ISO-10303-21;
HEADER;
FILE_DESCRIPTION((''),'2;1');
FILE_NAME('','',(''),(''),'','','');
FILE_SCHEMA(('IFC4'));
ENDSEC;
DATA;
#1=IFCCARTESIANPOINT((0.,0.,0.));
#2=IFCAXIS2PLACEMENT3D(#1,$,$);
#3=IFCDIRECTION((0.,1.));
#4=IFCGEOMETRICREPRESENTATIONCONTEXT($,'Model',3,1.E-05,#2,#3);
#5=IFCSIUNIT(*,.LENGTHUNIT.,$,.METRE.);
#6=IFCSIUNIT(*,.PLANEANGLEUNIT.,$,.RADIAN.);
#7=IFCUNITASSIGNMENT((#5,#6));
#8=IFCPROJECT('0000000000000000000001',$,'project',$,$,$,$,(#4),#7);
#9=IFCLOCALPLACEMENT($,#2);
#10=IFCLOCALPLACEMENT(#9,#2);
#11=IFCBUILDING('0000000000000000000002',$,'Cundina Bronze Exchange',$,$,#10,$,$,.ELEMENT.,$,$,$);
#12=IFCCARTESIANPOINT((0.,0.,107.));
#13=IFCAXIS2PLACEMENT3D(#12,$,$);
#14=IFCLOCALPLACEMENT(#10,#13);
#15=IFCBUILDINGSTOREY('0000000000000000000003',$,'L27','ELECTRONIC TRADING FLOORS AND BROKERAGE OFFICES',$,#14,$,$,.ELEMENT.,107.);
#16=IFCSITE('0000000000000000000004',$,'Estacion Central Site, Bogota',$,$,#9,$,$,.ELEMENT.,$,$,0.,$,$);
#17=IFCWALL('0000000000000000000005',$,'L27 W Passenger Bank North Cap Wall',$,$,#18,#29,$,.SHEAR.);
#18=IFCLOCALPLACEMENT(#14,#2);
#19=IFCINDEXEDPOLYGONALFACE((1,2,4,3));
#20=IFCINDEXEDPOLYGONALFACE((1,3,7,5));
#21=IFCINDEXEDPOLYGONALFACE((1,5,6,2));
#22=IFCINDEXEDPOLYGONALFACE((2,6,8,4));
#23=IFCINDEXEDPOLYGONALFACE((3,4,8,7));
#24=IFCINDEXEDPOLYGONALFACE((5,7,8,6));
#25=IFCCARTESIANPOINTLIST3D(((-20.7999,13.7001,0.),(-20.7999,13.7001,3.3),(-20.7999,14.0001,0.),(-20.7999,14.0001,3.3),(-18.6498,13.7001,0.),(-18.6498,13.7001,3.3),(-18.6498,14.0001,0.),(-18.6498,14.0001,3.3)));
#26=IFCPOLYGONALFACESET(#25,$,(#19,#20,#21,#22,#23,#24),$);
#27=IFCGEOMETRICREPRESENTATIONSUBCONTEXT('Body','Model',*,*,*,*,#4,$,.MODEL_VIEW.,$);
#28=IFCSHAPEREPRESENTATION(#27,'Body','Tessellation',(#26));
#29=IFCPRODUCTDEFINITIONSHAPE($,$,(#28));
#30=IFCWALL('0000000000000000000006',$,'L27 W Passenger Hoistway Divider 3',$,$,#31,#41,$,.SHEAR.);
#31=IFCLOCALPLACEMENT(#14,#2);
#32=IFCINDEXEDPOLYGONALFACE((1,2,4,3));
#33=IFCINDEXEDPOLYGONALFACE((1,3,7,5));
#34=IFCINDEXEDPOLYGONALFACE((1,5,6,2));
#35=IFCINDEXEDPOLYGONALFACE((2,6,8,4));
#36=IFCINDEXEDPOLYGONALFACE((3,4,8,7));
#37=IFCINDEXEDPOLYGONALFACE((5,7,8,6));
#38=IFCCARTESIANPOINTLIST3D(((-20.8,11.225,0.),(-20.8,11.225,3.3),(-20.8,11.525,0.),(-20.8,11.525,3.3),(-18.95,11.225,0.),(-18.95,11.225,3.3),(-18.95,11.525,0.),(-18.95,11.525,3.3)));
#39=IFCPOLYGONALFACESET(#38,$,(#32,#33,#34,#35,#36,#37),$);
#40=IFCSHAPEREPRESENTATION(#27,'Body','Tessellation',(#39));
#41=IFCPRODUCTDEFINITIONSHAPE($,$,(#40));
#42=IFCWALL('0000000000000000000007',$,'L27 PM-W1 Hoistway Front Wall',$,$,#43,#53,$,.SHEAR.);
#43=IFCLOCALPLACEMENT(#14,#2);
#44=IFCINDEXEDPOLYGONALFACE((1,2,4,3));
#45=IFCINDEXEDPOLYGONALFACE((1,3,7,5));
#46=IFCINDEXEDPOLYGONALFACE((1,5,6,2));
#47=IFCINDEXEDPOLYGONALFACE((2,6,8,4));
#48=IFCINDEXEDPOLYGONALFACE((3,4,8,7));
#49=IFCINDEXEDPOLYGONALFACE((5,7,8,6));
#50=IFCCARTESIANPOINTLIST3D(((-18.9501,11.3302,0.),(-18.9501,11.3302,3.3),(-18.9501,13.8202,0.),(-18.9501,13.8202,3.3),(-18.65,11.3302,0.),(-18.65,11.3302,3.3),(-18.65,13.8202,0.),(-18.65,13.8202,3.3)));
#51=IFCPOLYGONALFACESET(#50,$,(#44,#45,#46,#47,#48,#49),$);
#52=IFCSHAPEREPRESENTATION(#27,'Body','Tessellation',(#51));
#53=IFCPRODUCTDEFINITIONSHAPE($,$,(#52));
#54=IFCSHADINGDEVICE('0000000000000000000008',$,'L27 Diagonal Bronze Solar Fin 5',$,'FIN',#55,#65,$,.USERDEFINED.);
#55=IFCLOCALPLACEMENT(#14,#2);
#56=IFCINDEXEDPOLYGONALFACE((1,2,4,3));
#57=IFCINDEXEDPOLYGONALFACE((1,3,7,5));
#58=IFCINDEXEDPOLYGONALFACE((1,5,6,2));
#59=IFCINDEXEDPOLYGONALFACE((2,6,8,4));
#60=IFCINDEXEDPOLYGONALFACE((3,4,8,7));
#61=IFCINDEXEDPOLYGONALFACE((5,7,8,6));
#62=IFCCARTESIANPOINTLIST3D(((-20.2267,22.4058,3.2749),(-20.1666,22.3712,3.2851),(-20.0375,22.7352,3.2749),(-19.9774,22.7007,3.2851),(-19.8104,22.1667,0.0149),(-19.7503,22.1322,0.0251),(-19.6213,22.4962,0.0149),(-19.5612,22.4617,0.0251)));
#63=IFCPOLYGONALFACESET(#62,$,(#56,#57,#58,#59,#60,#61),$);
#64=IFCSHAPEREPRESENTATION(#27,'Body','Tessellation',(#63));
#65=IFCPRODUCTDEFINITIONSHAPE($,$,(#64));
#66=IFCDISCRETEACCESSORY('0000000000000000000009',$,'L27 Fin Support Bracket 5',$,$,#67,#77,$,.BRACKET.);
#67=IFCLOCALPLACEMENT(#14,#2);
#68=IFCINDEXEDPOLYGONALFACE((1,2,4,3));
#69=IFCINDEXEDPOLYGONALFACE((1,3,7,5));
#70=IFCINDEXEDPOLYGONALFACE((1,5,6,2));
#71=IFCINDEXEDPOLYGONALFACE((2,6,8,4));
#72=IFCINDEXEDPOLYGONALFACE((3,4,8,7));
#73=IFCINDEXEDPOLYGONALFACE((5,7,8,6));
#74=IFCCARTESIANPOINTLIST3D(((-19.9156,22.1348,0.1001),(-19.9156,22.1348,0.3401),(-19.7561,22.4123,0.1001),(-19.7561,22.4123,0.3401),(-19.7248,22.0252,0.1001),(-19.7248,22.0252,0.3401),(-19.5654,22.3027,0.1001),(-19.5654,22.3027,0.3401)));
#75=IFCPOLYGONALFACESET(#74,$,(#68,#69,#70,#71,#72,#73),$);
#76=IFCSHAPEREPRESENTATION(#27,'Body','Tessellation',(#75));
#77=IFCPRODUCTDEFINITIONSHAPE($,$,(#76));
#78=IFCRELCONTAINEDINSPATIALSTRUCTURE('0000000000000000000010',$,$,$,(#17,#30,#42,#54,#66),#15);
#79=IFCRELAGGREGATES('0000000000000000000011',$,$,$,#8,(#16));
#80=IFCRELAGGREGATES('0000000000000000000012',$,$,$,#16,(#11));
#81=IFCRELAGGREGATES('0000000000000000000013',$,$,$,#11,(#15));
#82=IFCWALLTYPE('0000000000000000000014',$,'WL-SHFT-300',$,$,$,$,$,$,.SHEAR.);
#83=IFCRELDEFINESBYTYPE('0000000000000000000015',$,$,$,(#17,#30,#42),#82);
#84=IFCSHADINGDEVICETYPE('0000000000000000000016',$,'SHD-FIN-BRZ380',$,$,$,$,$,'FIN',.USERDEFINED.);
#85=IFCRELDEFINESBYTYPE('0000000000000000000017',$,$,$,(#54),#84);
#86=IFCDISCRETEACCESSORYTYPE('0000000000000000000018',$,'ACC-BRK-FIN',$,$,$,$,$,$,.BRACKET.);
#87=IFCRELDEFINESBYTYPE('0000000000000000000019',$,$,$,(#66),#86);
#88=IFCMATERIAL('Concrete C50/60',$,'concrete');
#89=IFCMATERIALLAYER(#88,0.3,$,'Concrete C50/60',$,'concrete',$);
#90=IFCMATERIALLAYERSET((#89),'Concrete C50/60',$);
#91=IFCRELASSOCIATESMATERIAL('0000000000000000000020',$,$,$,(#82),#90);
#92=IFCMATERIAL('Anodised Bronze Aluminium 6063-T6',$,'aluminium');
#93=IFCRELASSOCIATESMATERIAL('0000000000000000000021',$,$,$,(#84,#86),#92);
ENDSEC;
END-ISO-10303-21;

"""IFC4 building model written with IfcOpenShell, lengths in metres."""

from ifc_helpers import new_model, si_unit, direction, frame, frame_2d, origin, origin_2d, place, context, subcontext, project, spatial, rectangle, extrude, material, layer, layer_set, material_profile, profile_set, type_object, element, save


model = new_model("IFC4")

# Units and contexts
model_context = context("Model", 3, precision=1e-05, world=origin(), true_north=direction((0.0, 1.0)))
body_context = subcontext(model_context, "Body", "Model", "MODEL_VIEW")
ifc_project = project(units=[si_unit("LENGTHUNIT", "METRE"), si_unit("PLANEANGLEUNIT", "RADIAN")], contexts=[model_context])

# Site, building, storey
site_placement = place(None, origin())
site = spatial("IfcSite", under=ifc_project, at=site_placement, Name="Estacion Central Site, Bogota", CompositionType="ELEMENT", RefElevation=0.0)
building_placement = place(site_placement, origin())
building = spatial("IfcBuilding", under=site, at=building_placement, Name="Cundina Bronze Exchange", CompositionType="ELEMENT")
storey_placement = place(building_placement, frame((0.0, 0.0, 107.0)))
storey = spatial("IfcBuildingStorey", under=building, at=storey_placement, Name="L27", Description="ELECTRONIC TRADING FLOORS AND BROKERAGE OFFICES", CompositionType="ELEMENT", Elevation=107.0)

# Shared definitions
ifc_material_1 = material(Name="Anodised Bronze Aluminium 6063-T6", Category="aluminium")

# Shared definitions
ifc_material_2 = material(Name="Concrete C50/60", Category="concrete")
ifc_layer_1 = layer(ifc_material_2, 0.3, Name="Concrete C50/60", Category="concrete")
ifc_layer_set_1 = layer_set([ifc_layer_1], Name="Concrete C50/60")
wall_type_1 = type_object("IfcWallType", Name="WL-SHFT-300", PredefinedType="SHEAR", material=ifc_layer_set_1)

# Walls
wall_1_placement = place(storey_placement, frame((-20.8, 13.8501, 0.0), z_axis=(0.0, 0.0, 1.0), x_axis=(1.0, 0.0, 0.0)))
element("IfcWall", 1, at=wall_1_placement, inside=storey, type_object=wall_type_1, Name="L27 W Passenger Bank North Cap Wall", PredefinedType="SHEAR", context=body_context, shape_type="SweptSolid", body=[
    extrude(rectangle(XDim=2.1501, YDim=0.3, at=frame_2d((1.0752, 0.0))), origin(), (0.0, 0.0, 1.0), 3.3),
])
wall_2_placement = place(storey_placement, frame((-20.8, 11.375, 0.0), z_axis=(0.0, 0.0, 1.0), x_axis=(1.0, 0.0, 0.0)))
element("IfcWall", 2, at=wall_2_placement, inside=storey, type_object=wall_type_1, Name="L27 W Passenger Hoistway Divider 3", PredefinedType="SHEAR", context=body_context, shape_type="SweptSolid", body=[
    extrude(rectangle(XDim=1.8501, YDim=0.3, at=frame_2d((0.925, 0.0))), origin(), (0.0, 0.0, 1.0), 3.3),
])
wall_3_placement = place(storey_placement, frame((-18.8, 11.3301, 0.0), z_axis=(0.0, 0.0, 1.0), x_axis=(0.0, 1.0, 0.0)))
element("IfcWall", 3, at=wall_3_placement, inside=storey, type_object=wall_type_1, Name="L27 PM-W1 Hoistway Front Wall", PredefinedType="SHEAR", context=body_context, shape_type="SweptSolid", body=[
    extrude(rectangle(XDim=2.49, YDim=0.3, at=frame_2d((1.2451, 0.0))), origin(), (0.0, 0.0, 1.0), 3.3),
])

# Shading device
ifc_material_profile_1 = material_profile(ifc_material_1, rectangle(XDim=0.0701, YDim=0.3799, at=origin_2d()), Name="FIN70X380", Category="aluminium")
ifc_profile_set_1 = profile_set([ifc_material_profile_1], Name="Anodised Bronze Aluminium 6063-T6")
shading_device_type = type_object("IfcShadingDeviceType", Name="SHD-FIN-BRZ380", ElementType="FIN", PredefinedType="USERDEFINED", material=ifc_profile_set_1)
shading_device_placement = place(storey_placement, frame((-19.6858, 22.3142, 0.02), z_axis=(-0.126325, 0.072535, 0.989333), x_axis=(0.857958, -0.492634, 0.145668)))
element("IfcShadingDevice", 4, at=shading_device_placement, inside=storey, type_object=shading_device_type, Name="L27 Diagonal Bronze Solar Fin 5", ObjectType="FIN", PredefinedType="USERDEFINED", context=body_context, shape_type="SweptSolid", body=[
    extrude(rectangle(XDim=0.0701, YDim=0.3799, at=origin_2d()), origin(), (0.0, 0.0, 1.0), 3.2952),
])

# Discrete accessory
discrete_accessory_type = type_object("IfcDiscreteAccessoryType", Name="ACC-BRK-FIN", PredefinedType="BRACKET", material=ifc_material_1)
discrete_accessory_placement = place(storey_placement, frame((-19.7405, 22.2188, 0.1001), z_axis=(0.0, 0.0, 1.0), x_axis=(-0.867105, 0.498125, 0.0)))
element("IfcDiscreteAccessory", 5, at=discrete_accessory_placement, inside=storey, type_object=discrete_accessory_type, Name="L27 Fin Support Bracket 5", PredefinedType="BRACKET", context=body_context, shape_type="SweptSolid", body=[
    extrude(rectangle(XDim=0.22, YDim=0.3201, at=origin_2d()), origin(), (0.0, 0.0, 1.0), 0.24),
])

save(model, "model.ifc")
